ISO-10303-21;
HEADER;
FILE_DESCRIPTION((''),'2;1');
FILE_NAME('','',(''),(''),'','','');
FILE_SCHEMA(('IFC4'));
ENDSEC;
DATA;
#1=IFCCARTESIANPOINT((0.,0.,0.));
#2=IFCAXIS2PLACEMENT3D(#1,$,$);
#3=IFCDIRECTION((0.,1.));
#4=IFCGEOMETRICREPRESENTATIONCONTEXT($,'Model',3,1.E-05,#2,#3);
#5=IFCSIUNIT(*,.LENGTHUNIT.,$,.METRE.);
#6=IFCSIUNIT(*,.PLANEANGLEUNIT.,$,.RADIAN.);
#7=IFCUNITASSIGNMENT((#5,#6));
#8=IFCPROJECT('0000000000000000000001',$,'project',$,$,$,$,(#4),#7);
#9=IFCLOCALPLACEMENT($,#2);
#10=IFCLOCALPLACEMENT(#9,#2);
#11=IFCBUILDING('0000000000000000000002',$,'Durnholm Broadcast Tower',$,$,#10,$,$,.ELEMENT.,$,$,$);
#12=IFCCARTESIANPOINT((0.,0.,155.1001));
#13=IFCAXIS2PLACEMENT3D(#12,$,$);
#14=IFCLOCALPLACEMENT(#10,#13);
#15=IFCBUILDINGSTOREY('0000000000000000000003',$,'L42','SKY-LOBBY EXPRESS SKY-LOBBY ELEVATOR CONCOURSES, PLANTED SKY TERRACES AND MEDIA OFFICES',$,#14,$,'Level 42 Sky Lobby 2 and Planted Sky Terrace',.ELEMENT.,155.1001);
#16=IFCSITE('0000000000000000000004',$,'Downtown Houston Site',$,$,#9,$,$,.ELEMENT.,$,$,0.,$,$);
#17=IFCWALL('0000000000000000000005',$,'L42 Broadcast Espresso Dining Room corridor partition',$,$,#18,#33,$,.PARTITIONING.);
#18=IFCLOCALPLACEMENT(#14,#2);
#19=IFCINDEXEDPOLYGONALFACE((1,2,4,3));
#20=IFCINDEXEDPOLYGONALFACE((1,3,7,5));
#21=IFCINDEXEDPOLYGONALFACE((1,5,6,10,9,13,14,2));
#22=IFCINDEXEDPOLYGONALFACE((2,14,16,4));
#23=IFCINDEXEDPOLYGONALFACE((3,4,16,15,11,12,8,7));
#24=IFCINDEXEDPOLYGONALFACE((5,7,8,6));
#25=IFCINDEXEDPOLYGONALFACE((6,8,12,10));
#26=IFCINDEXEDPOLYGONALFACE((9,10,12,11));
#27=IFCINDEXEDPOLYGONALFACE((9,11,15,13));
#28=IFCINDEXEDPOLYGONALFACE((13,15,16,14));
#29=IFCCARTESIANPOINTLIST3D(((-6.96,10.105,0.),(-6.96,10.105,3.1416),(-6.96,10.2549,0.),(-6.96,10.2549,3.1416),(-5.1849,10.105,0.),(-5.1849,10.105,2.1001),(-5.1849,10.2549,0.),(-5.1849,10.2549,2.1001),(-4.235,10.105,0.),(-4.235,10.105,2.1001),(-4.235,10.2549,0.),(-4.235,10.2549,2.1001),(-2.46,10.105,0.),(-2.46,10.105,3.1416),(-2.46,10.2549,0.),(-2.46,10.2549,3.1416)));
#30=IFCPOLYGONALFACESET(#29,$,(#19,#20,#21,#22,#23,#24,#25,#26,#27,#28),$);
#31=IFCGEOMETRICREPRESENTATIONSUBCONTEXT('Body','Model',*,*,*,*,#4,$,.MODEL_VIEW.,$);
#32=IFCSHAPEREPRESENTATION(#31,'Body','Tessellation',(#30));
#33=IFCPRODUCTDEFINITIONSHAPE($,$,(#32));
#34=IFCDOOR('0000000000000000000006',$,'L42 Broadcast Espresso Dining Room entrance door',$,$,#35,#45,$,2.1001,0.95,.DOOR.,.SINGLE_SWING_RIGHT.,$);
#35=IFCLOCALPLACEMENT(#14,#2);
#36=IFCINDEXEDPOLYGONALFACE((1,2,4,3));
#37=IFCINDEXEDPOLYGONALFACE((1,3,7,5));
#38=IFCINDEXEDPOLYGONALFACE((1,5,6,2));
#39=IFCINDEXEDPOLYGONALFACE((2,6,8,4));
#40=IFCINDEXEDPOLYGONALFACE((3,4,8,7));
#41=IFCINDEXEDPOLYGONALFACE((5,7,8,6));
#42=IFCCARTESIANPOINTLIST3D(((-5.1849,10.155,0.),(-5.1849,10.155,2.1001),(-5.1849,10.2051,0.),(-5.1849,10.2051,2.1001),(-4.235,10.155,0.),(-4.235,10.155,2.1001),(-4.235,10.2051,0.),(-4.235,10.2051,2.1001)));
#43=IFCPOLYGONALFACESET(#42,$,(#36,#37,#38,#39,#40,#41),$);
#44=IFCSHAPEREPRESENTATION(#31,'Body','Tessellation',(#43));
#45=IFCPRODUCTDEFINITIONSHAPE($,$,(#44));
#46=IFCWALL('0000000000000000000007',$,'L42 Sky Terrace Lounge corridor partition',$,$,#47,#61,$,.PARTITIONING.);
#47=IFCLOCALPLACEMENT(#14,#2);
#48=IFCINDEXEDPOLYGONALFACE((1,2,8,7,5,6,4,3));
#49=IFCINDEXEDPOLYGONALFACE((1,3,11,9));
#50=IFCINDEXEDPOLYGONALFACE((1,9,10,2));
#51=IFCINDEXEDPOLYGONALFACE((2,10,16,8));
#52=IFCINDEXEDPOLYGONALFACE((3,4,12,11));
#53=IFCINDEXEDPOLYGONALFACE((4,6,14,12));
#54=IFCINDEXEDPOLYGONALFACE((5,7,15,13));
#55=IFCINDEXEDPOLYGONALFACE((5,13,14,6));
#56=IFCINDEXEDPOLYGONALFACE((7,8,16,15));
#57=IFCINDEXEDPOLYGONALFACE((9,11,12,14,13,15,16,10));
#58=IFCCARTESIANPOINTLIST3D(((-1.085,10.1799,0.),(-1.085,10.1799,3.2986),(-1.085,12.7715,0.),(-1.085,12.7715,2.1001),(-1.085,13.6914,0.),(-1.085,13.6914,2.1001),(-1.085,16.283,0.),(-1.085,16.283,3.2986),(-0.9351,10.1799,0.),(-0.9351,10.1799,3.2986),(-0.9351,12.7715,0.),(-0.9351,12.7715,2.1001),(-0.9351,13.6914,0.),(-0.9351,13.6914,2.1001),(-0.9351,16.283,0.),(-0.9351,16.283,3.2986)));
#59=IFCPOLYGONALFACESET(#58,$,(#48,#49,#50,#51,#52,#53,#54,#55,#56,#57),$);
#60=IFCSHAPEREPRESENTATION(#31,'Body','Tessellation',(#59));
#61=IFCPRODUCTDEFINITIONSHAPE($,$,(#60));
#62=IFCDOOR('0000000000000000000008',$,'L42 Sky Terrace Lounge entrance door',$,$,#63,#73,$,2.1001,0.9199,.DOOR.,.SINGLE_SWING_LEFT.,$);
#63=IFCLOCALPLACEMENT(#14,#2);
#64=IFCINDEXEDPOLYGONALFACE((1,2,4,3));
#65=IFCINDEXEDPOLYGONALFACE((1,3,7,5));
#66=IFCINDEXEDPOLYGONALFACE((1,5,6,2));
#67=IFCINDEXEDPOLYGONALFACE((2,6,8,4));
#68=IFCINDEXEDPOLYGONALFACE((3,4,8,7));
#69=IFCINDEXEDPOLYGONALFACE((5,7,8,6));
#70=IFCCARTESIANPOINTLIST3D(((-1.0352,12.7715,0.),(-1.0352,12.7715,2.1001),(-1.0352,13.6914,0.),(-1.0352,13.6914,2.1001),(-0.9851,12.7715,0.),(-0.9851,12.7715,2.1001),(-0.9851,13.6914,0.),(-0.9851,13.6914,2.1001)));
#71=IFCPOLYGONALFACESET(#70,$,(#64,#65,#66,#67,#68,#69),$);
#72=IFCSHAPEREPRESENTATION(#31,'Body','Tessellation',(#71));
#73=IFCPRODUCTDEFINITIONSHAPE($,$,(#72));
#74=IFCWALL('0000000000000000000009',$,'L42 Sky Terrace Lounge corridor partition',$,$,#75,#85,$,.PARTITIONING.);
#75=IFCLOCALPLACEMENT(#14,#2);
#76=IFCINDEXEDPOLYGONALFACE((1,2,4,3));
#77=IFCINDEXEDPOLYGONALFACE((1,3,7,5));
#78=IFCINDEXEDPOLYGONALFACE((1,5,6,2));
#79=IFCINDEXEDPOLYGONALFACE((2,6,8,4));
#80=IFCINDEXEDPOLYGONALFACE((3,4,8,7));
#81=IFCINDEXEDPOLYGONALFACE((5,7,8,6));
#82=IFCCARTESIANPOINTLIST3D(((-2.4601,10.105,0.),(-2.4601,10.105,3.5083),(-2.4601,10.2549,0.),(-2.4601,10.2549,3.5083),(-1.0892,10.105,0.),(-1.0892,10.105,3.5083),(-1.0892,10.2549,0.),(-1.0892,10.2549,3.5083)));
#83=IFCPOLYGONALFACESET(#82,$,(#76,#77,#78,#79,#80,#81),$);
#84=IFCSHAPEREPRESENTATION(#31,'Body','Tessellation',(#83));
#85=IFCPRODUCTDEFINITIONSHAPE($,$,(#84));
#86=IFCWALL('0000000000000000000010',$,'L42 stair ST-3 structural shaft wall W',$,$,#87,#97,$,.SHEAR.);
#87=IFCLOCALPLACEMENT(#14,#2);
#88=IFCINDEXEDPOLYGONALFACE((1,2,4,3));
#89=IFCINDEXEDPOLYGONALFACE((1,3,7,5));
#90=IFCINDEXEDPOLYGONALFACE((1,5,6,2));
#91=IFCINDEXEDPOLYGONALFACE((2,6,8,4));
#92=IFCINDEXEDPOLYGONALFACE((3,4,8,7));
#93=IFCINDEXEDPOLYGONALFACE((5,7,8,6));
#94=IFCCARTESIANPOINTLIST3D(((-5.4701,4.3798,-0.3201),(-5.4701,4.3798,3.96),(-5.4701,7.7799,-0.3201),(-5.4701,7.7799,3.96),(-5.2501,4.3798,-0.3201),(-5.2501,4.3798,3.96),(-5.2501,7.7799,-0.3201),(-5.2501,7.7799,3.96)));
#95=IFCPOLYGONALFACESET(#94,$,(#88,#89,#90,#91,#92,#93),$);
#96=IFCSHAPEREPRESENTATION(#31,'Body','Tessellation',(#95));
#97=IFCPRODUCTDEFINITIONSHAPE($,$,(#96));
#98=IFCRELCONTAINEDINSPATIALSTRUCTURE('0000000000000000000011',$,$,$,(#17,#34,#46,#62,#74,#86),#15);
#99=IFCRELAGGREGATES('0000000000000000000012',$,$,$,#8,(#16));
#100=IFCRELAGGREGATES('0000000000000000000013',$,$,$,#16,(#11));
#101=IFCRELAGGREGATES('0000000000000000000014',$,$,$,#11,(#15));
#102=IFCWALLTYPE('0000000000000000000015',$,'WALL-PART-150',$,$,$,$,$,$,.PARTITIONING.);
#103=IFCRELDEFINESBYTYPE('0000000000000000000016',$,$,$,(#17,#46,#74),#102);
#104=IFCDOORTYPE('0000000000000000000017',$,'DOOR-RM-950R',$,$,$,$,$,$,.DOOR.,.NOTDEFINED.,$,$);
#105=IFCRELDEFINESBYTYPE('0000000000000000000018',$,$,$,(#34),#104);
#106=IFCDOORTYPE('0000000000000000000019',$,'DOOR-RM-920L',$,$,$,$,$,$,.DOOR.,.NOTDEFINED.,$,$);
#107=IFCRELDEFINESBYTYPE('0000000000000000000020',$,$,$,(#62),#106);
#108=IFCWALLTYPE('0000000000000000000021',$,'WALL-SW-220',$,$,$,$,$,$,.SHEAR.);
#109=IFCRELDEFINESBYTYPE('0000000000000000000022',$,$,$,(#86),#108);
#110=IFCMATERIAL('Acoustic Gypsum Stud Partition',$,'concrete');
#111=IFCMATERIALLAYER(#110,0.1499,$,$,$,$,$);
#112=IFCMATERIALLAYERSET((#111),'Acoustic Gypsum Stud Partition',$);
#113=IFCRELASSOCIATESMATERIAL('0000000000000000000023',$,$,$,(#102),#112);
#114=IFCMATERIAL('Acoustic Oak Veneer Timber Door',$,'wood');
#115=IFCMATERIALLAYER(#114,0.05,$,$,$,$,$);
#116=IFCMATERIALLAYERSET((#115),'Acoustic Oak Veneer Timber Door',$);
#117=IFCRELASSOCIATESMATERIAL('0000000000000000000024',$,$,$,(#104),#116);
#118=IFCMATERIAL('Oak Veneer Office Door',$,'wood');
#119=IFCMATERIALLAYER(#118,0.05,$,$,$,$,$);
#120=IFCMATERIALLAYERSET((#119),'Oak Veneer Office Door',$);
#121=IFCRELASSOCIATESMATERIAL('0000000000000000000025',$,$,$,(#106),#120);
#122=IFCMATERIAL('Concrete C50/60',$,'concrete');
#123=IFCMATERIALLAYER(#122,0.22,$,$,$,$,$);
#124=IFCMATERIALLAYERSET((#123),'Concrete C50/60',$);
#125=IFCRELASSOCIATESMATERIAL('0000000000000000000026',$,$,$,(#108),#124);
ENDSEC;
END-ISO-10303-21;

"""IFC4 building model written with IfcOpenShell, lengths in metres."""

from ifc_helpers import new_model, si_unit, direction, frame, frame_2d, origin, place, context, subcontext, project, spatial, rectangle, extrude, source, transform, mapped, material, layer, layer_set, type_object, type_shapes, element, fill, save


model = new_model("IFC4")

# Units and contexts
model_context = context("Model", 3, precision=1e-05, world=origin(), true_north=direction((0.0, 1.0)))
body_context = subcontext(model_context, "Body", "Model", "MODEL_VIEW")
ifc_project = project(units=[si_unit("LENGTHUNIT", "METRE"), si_unit("PLANEANGLEUNIT", "RADIAN")], contexts=[model_context])

# Site, building, storey
site_placement = place(None, origin())
site = spatial("IfcSite", under=ifc_project, at=site_placement, Name="Downtown Houston Site", CompositionType="ELEMENT", RefElevation=0.0)
building_placement = place(site_placement, origin())
building = spatial("IfcBuilding", under=site, at=building_placement, Name="Durnholm Broadcast Tower", CompositionType="ELEMENT")
storey_placement = place(building_placement, frame((0.0, 0.0, 155.1001)))
storey = spatial("IfcBuildingStorey", under=building, at=storey_placement, Name="L42", Description="SKY-LOBBY EXPRESS SKY-LOBBY ELEVATOR CONCOURSES, PLANTED SKY TERRACES AND MEDIA OFFICES", LongName="Level 42 Sky Lobby 2 and Planted Sky Terrace", CompositionType="ELEMENT", Elevation=155.1001)

# Walls, openings, doors
ifc_material_1 = material(Name="Acoustic Gypsum Stud Partition", Category="concrete")
ifc_layer_1 = layer(ifc_material_1, 0.1499)
ifc_layer_set_1 = layer_set([ifc_layer_1], Name="Acoustic Gypsum Stud Partition")
wall_type_1 = type_object("IfcWallType", Name="WALL-PART-150", PredefinedType="PARTITIONING", material=ifc_layer_set_1)
wall_1_placement = place(storey_placement, frame((-2.46, 10.1799, 0.0), z_axis=(0.0, 0.0, 1.0), x_axis=(-1.0, 0.0, 0.0)))
wall_1 = element("IfcWall", 1, at=wall_1_placement, inside=storey, type_object=wall_type_1, Name="L42 Broadcast Espresso Dining Room corridor partition", PredefinedType="PARTITIONING", context=body_context, shape_type="SweptSolid", body=[
    extrude(rectangle(XDim=4.5, YDim=0.1499, at=frame_2d((2.25, 0.0))), origin(), (0.0, 0.0, 1.0), 3.1416),
])
opening_1_placement = place(wall_1_placement, frame((1.7749, 0.0, 0.0)))
opening_1 = element("IfcOpeningElement", 2, at=opening_1_placement, cuts=wall_1, PredefinedType="OPENING", context=body_context, shape_type="SweptSolid", body=[
    extrude(rectangle(XDim=0.95, YDim=2.1001, at=frame_2d((0.4751, 1.05))), frame((0.0, 0.085, 0.0), z_axis=(0.0, -1.0, 0.0), x_axis=(1.0, 0.0, 0.0)), (0.0, 0.0, 1.0), 0.1699),
])
ifc_material_2 = material(Name="Acoustic Oak Veneer Timber Door", Category="wood")
ifc_layer_2 = layer(ifc_material_2, 0.05)
ifc_layer_set_2 = layer_set([ifc_layer_2], Name="Acoustic Oak Veneer Timber Door")
door_type_1 = type_object("IfcDoorType", Name="DOOR-RM-950R", OperationType="NOTDEFINED", PredefinedType="DOOR", material=ifc_layer_set_2)
shared_shape_1 = source(origin(), body_context, "Body", "SweptSolid", [
    extrude(rectangle(XDim=0.95, YDim=2.1001, at=frame_2d((0.4751, 1.05))), frame((0.0, 0.0249, 0.0), z_axis=(0.0, -1.0, 0.0), x_axis=(1.0, 0.0, 0.0)), (0.0, 0.0, 1.0), 0.05),
])
type_shapes(door_type_1, [shared_shape_1])
door_1_placement = place(opening_1_placement, origin())
door_1 = element("IfcDoor", 3, at=door_1_placement, inside=storey, type_object=door_type_1, Name="L42 Broadcast Espresso Dining Room entrance door", OperationType="SINGLE_SWING_RIGHT", OverallHeight=2.1001, OverallWidth=0.95, PredefinedType="DOOR", context=body_context, shape_type="MappedRepresentation", body=[
    mapped(shared_shape_1, transform((0.0, 0.0, 0.0), x_axis=(1.0, 0.0, 0.0), y_axis=(0.0, 1.0, 0.0), z_axis=(0.0, 0.0, 1.0), scale=1.0)),
])
fill(opening_1, door_1)
wall_2_placement = place(storey_placement, frame((-1.01, 16.283, 0.0), z_axis=(0.0, 0.0, 1.0), x_axis=(0.0, -1.0, 0.0)))
wall_2 = element("IfcWall", 4, at=wall_2_placement, inside=storey, type_object=wall_type_1, Name="L42 Sky Terrace Lounge corridor partition", PredefinedType="PARTITIONING", context=body_context, shape_type="SweptSolid", body=[
    extrude(rectangle(XDim=6.103, YDim=0.1499, at=frame_2d((3.0515, 0.0))), origin(), (0.0, 0.0, 1.0), 3.2986),
])
opening_2_placement = place(wall_2_placement, frame((2.5916, 0.0, 0.0)))
opening_2 = element("IfcOpeningElement", 5, at=opening_2_placement, cuts=wall_2, PredefinedType="OPENING", context=body_context, shape_type="SweptSolid", body=[
    extrude(rectangle(XDim=0.9199, YDim=2.1001, at=frame_2d((0.46, 1.05))), frame((0.0, 0.085, 0.0), z_axis=(0.0, -1.0, 0.0), x_axis=(1.0, 0.0, 0.0)), (0.0, 0.0, 1.0), 0.1699),
])
ifc_material_3 = material(Name="Oak Veneer Office Door", Category="wood")
ifc_layer_3 = layer(ifc_material_3, 0.05)
ifc_layer_set_3 = layer_set([ifc_layer_3], Name="Oak Veneer Office Door")
door_type_2 = type_object("IfcDoorType", Name="DOOR-RM-920L", OperationType="NOTDEFINED", PredefinedType="DOOR", material=ifc_layer_set_3)
shared_shape_2 = source(origin(), body_context, "Body", "SweptSolid", [
    extrude(rectangle(XDim=0.9199, YDim=2.1001, at=frame_2d((0.46, 1.05))), frame((0.0, 0.0249, 0.0), z_axis=(0.0, -1.0, 0.0), x_axis=(1.0, 0.0, 0.0)), (0.0, 0.0, 1.0), 0.05),
])
type_shapes(door_type_2, [shared_shape_2])
door_2_placement = place(opening_2_placement, origin())
door_2 = element("IfcDoor", 6, at=door_2_placement, inside=storey, type_object=door_type_2, Name="L42 Sky Terrace Lounge entrance door", OperationType="SINGLE_SWING_LEFT", OverallHeight=2.1001, OverallWidth=0.9199, PredefinedType="DOOR", context=body_context, shape_type="MappedRepresentation", body=[
    mapped(shared_shape_2, transform((0.0, 0.0, 0.0), x_axis=(1.0, 0.0, 0.0), y_axis=(0.0, 1.0, 0.0), z_axis=(0.0, 0.0, 1.0), scale=1.0)),
])
fill(opening_2, door_2)

# Walls
wall_3_placement = place(storey_placement, frame((-1.0891, 10.1799, 0.0), z_axis=(0.0, 0.0, 1.0), x_axis=(-1.0, 0.0, 0.0)))
element("IfcWall", 7, at=wall_3_placement, inside=storey, type_object=wall_type_1, Name="L42 Sky Terrace Lounge corridor partition", PredefinedType="PARTITIONING", context=body_context, shape_type="SweptSolid", body=[
    extrude(rectangle(XDim=1.3708, YDim=0.1499, at=frame_2d((0.6855, 0.0))), origin(), (0.0, 0.0, 1.0), 3.5083),
])
ifc_material_4 = material(Name="Concrete C50/60", Category="concrete")
ifc_layer_4 = layer(ifc_material_4, 0.22)
ifc_layer_set_4 = layer_set([ifc_layer_4], Name="Concrete C50/60")
wall_type_2 = type_object("IfcWallType", Name="WALL-SW-220", PredefinedType="SHEAR", material=ifc_layer_set_4)
wall_4_placement = place(storey_placement, frame((-5.3601, 7.78, -0.3201), z_axis=(0.0, 0.0, 1.0), x_axis=(0.0, -1.0, 0.0)))
element("IfcWall", 8, at=wall_4_placement, inside=storey, type_object=wall_type_2, Name="L42 stair ST-3 structural shaft wall W", PredefinedType="SHEAR", context=body_context, shape_type="SweptSolid", body=[
    extrude(rectangle(XDim=3.4001, YDim=0.22, at=frame_2d((1.7002, 0.0))), origin(), (0.0, 0.0, 1.0), 4.28),
])

save(model, "model.ifc")
